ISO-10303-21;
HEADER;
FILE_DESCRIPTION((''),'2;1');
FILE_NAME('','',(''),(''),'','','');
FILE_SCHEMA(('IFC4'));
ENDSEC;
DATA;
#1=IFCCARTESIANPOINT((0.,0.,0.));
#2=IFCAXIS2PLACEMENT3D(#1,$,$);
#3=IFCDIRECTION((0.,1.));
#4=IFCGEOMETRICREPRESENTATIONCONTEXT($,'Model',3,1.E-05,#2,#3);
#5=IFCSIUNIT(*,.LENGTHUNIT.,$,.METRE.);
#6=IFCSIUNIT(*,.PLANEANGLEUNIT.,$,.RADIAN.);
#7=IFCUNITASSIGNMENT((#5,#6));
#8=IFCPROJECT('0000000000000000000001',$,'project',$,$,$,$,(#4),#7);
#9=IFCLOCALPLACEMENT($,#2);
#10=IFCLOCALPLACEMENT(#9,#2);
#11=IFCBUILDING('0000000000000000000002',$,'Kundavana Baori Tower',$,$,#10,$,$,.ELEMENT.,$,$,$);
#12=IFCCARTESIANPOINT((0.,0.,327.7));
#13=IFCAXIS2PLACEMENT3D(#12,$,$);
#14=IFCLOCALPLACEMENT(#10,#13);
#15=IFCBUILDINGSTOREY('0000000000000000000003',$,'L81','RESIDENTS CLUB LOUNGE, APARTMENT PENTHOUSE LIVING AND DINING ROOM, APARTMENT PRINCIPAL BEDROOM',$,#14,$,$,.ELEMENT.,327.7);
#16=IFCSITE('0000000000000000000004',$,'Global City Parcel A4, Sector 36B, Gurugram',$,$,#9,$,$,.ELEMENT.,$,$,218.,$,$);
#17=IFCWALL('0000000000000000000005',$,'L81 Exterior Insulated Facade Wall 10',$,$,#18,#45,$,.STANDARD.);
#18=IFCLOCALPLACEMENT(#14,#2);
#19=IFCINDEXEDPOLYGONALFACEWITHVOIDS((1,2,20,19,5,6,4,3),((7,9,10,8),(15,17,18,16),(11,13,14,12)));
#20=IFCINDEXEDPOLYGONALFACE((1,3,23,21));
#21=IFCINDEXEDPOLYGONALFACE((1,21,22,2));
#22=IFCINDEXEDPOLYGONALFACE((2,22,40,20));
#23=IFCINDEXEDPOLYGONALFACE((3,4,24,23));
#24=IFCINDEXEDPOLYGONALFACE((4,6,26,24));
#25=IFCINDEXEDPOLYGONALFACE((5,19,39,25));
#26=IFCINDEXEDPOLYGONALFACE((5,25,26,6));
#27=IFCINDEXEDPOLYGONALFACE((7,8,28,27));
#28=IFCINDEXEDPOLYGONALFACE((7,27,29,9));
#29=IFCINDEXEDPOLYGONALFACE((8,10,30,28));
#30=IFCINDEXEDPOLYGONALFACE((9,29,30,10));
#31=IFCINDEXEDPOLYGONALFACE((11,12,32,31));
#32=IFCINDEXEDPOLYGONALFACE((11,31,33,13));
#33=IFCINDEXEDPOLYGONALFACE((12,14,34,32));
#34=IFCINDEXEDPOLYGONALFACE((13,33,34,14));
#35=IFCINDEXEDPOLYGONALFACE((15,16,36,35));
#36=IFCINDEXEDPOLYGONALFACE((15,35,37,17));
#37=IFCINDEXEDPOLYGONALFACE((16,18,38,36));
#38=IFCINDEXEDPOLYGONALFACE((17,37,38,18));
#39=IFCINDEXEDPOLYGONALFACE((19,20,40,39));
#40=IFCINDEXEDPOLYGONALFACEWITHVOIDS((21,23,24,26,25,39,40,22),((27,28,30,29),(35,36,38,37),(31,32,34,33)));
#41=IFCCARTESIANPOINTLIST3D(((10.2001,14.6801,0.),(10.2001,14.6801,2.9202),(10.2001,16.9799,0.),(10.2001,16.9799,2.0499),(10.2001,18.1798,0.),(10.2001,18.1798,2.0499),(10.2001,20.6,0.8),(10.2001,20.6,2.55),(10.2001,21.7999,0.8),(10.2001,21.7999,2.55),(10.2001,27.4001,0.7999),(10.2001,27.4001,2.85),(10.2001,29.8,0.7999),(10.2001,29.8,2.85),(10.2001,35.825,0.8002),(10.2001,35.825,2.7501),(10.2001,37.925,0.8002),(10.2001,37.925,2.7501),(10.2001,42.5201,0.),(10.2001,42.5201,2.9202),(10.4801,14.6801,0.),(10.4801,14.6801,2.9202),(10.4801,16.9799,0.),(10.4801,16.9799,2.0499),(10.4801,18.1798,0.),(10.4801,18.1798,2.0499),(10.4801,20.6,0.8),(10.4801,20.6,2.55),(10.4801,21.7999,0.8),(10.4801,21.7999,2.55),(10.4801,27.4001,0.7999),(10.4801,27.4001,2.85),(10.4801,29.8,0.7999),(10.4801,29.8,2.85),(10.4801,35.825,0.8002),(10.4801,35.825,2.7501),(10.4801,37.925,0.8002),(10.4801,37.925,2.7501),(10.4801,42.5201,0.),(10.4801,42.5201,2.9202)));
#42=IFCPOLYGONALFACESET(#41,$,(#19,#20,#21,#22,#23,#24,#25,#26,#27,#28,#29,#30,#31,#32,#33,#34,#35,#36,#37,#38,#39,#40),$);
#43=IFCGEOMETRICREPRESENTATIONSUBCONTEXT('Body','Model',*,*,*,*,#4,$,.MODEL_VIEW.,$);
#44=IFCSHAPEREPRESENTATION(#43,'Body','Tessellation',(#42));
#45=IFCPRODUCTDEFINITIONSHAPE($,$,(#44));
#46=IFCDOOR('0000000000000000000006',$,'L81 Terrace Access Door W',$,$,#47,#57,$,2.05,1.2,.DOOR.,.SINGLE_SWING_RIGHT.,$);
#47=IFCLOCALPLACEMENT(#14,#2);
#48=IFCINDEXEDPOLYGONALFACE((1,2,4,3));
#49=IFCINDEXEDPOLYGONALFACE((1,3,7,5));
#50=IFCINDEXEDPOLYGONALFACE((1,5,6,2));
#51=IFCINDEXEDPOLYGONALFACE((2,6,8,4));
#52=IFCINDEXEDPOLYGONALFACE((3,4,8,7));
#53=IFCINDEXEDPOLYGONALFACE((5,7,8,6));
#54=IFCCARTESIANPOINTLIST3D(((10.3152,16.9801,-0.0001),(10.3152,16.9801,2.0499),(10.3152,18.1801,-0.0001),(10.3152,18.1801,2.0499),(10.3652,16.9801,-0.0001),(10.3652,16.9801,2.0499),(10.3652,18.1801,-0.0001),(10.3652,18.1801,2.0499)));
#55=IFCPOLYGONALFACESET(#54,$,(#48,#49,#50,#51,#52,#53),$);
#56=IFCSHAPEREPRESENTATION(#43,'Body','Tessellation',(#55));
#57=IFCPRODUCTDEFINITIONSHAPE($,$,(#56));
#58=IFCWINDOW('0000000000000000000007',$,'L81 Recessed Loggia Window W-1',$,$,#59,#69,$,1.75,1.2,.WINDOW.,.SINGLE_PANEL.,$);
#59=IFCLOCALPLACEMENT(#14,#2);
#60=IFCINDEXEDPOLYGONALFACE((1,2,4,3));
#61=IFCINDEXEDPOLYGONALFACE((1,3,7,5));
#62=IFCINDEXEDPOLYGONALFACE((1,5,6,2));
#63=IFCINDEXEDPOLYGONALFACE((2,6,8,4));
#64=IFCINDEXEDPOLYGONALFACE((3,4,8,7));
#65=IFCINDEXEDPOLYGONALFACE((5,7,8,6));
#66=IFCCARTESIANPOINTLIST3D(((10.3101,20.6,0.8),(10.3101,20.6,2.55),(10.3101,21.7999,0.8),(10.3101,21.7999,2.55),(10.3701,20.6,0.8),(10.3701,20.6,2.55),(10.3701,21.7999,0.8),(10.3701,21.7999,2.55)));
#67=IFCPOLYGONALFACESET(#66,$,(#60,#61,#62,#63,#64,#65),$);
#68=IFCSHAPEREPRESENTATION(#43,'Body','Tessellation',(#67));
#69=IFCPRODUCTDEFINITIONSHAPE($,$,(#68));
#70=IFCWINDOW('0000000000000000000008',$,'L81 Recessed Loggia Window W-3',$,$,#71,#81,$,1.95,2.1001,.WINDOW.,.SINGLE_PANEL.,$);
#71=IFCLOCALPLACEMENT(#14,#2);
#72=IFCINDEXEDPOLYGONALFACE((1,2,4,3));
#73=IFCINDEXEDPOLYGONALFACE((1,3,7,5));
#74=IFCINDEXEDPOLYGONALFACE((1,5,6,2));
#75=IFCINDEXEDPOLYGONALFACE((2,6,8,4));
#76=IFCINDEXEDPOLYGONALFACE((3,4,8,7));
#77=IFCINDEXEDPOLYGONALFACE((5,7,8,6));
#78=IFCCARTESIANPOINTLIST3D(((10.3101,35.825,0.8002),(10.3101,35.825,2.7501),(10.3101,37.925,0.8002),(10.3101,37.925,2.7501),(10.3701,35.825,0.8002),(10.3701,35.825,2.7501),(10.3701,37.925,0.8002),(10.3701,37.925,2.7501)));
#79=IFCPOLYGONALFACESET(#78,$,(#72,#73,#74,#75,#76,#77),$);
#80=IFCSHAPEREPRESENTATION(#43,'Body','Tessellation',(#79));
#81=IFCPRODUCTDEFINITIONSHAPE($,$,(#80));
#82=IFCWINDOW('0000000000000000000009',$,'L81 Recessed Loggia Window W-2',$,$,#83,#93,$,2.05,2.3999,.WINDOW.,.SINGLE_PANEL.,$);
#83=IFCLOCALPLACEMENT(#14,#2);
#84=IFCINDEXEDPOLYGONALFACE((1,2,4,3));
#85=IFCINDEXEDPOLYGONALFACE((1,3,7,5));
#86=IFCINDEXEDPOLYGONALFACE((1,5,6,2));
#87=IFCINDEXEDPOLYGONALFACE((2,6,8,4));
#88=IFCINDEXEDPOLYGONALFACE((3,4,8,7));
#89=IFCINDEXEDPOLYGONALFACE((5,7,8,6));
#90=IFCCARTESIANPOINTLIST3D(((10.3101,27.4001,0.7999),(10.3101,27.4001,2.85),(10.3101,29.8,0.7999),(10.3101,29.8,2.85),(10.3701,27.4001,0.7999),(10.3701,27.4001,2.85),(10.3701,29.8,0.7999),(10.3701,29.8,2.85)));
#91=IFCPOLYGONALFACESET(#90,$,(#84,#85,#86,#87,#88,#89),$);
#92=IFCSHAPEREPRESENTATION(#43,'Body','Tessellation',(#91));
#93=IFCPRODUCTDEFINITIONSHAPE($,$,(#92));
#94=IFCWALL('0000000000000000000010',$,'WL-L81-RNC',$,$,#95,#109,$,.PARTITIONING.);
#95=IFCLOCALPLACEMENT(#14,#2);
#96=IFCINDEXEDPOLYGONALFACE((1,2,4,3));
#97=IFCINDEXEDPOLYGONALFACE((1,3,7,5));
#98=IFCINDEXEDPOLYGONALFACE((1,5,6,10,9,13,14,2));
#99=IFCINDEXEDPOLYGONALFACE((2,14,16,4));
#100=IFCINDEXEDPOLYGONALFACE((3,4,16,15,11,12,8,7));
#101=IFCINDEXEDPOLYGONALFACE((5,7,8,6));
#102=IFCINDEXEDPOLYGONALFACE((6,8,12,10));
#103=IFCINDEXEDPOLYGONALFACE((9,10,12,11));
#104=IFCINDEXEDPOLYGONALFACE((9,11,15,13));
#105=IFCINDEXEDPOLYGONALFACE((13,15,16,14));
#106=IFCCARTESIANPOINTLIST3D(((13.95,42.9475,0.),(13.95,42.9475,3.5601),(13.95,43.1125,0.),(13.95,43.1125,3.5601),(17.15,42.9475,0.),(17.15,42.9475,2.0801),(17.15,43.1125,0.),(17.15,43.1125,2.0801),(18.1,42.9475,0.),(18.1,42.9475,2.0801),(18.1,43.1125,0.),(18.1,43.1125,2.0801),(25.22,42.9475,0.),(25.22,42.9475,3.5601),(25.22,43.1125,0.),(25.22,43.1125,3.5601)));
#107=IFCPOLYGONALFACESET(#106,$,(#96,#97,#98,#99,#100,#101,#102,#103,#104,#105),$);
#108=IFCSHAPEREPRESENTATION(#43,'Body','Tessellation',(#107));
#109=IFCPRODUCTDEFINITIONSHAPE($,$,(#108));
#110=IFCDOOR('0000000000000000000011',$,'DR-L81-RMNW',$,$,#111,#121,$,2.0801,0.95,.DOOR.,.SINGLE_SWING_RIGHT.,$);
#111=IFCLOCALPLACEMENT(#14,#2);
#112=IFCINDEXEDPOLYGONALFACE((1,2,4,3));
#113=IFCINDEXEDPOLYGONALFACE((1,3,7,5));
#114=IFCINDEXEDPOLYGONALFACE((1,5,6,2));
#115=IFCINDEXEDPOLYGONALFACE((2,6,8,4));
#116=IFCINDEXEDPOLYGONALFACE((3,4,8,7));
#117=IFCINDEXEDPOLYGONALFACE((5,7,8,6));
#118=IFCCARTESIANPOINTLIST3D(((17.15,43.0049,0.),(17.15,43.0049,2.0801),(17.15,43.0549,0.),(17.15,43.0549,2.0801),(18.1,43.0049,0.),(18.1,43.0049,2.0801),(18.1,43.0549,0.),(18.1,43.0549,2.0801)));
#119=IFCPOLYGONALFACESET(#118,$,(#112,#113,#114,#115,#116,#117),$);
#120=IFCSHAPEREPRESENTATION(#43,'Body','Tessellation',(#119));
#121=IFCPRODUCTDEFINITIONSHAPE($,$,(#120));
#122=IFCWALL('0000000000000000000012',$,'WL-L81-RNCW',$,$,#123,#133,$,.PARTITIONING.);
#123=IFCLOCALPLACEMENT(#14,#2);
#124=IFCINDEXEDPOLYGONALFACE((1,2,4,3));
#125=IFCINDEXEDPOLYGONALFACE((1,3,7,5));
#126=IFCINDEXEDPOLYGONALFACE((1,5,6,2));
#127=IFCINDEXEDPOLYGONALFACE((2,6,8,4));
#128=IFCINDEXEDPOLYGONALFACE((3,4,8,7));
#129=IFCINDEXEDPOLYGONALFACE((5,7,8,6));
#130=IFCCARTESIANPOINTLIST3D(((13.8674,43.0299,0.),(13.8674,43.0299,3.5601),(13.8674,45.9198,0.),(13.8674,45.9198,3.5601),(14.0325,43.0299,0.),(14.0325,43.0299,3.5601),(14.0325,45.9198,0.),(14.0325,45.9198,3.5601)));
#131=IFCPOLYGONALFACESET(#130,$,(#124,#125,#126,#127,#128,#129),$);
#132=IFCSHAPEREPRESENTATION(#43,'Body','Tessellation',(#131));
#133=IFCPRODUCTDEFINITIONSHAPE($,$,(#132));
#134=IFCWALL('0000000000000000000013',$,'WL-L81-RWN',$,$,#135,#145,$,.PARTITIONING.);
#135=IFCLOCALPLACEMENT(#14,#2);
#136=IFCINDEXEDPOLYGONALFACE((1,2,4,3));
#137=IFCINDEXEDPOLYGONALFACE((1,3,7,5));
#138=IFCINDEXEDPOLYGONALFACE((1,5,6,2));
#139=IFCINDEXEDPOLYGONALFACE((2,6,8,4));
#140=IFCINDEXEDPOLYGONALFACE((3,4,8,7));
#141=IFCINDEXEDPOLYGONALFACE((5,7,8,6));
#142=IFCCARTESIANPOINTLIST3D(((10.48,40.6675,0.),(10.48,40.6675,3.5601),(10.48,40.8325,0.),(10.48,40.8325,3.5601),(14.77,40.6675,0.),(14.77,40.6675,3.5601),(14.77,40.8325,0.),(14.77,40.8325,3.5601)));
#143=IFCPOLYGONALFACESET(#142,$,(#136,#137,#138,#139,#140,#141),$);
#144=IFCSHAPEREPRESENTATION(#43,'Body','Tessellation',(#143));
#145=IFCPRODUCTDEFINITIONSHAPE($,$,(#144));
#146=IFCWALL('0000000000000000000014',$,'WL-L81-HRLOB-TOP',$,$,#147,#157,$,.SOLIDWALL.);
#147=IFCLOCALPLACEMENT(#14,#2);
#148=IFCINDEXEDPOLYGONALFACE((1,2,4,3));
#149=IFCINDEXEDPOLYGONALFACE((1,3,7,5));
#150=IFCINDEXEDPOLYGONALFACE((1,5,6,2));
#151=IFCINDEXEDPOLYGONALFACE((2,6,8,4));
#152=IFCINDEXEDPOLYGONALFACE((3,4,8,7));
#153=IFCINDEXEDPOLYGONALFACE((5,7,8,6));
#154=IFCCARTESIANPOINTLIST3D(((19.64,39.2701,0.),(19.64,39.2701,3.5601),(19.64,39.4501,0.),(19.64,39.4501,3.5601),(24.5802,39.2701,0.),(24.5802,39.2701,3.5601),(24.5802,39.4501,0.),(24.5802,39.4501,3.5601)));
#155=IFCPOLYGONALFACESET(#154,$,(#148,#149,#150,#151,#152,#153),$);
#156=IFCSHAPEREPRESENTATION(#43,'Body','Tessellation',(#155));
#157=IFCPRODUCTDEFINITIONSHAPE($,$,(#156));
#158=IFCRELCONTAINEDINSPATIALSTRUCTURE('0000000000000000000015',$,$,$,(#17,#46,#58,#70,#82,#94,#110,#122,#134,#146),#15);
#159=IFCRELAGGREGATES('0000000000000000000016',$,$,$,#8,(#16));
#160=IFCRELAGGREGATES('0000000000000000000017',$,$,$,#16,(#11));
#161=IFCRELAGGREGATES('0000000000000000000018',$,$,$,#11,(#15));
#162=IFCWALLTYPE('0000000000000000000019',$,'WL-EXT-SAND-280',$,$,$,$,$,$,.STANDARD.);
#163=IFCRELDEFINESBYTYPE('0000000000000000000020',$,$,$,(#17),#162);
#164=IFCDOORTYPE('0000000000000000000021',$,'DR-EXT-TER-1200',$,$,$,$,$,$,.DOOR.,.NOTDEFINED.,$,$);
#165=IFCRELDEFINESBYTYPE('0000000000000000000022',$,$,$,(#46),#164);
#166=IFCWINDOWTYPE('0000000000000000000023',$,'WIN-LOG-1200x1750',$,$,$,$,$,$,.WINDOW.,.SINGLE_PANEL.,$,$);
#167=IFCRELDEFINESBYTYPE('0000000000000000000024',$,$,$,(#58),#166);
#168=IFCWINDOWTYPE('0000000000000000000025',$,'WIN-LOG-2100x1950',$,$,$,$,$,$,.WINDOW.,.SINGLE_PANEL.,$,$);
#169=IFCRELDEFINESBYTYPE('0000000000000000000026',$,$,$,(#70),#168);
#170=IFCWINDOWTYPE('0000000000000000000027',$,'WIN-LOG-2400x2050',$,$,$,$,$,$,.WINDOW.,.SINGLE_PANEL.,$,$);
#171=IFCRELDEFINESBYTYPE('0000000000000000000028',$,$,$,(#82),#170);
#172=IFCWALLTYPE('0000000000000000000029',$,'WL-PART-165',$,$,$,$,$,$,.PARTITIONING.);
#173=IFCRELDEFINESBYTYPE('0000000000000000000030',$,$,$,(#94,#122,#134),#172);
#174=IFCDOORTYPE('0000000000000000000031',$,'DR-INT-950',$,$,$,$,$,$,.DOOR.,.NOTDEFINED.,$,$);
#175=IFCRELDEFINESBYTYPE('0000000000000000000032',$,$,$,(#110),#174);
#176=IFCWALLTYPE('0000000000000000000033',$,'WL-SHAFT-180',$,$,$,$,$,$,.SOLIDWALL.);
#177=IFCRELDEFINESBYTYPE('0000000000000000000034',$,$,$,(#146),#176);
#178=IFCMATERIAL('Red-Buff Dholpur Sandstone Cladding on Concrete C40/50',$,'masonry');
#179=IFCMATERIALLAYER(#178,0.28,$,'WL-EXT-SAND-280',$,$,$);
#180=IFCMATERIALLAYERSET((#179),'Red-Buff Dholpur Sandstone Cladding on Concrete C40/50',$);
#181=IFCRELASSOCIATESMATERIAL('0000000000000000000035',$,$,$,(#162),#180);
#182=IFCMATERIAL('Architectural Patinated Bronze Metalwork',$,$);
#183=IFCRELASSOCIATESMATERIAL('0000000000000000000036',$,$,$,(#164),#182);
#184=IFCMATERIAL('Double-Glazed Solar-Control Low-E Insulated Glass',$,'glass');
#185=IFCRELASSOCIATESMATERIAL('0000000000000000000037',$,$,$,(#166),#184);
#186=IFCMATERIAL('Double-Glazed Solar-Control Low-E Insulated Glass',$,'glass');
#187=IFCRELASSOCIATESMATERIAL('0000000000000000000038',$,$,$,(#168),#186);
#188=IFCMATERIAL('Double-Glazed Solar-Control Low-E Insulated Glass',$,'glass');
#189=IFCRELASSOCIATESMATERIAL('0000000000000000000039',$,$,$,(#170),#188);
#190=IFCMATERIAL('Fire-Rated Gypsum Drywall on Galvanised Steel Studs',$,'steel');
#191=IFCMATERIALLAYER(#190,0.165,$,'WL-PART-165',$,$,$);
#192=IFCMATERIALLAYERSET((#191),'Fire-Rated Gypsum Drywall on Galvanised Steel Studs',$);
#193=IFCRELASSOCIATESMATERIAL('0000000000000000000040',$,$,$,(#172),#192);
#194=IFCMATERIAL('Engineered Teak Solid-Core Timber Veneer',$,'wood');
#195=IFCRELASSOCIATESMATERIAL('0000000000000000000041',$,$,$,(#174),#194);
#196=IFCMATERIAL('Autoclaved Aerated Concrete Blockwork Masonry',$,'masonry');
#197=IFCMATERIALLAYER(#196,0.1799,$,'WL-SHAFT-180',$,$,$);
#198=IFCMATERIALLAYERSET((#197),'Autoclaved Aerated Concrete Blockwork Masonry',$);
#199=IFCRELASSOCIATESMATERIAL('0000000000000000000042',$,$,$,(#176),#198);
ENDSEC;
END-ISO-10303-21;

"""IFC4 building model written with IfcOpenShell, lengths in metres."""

from ifc_helpers import new_model, si_unit, direction, frame, frame_2d, origin, place, context, subcontext, project, spatial, rectangle, extrude, material, layer, layer_set, type_object, element, fill, save


model = new_model("IFC4")

# Units and contexts
model_context = context("Model", 3, precision=1e-05, world=origin(), true_north=direction((0.0, 1.0)))
body_context = subcontext(model_context, "Body", "Model", "MODEL_VIEW")
ifc_project = project(units=[si_unit("LENGTHUNIT", "METRE"), si_unit("PLANEANGLEUNIT", "RADIAN")], contexts=[model_context])

# Site, building, storey
site_placement = place(None, origin())
site = spatial("IfcSite", under=ifc_project, at=site_placement, Name="Global City Parcel A4, Sector 36B, Gurugram", CompositionType="ELEMENT", RefElevation=218.0)
building_placement = place(site_placement, origin())
building = spatial("IfcBuilding", under=site, at=building_placement, Name="Kundavana Baori Tower", CompositionType="ELEMENT")
storey_placement = place(building_placement, frame((0.0, 0.0, 327.7)))
storey = spatial("IfcBuildingStorey", under=building, at=storey_placement, Name="L81", Description="RESIDENTS CLUB LOUNGE, APARTMENT PENTHOUSE LIVING AND DINING ROOM, APARTMENT PRINCIPAL BEDROOM", CompositionType="ELEMENT", Elevation=327.7)

# Shared definitions
ifc_material_1 = material(Name="Red-Buff Dholpur Sandstone Cladding on Concrete C40/50", Category="masonry")
ifc_layer_1 = layer(ifc_material_1, 0.28, Name="WL-EXT-SAND-280")
ifc_layer_set_1 = layer_set([ifc_layer_1], Name="Red-Buff Dholpur Sandstone Cladding on Concrete C40/50")
wall_type_1 = type_object("IfcWallType", Name="WL-EXT-SAND-280", PredefinedType="STANDARD", material=ifc_layer_set_1)

# Wall, openings, door, windows
wall_1_placement = place(storey_placement, frame((10.3401, 42.52, 0.0), z_axis=(0.0, 0.0, 1.0), x_axis=(0.0, -1.0, 0.0)))
wall_1 = element("IfcWall", 1, at=wall_1_placement, inside=storey, type_object=wall_type_1, Name="L81 Exterior Insulated Facade Wall 10", PredefinedType="STANDARD", context=body_context, shape_type="SweptSolid", body=[
    extrude(rectangle(XDim=27.8401, YDim=0.28, at=frame_2d((13.9199, 0.0))), origin(), (0.0, 0.0, 1.0), 2.9202),
])
opening_1_placement = place(wall_1_placement, frame((24.3401, 0.0, 0.0)))
opening_1 = element("IfcOpeningElement", 2, at=opening_1_placement, cuts=wall_1, PredefinedType="OPENING", context=body_context, shape_type="SweptSolid", body=[
    extrude(rectangle(XDim=1.2, YDim=2.05, at=frame_2d((0.6001, 1.0249))), frame((0.0, 0.1499, 0.0), z_axis=(0.0, -1.0, 0.0), x_axis=(1.0, 0.0, 0.0)), (0.0, 0.0, 1.0), 0.3),
])
opening_2_placement = place(wall_1_placement, frame((20.72, 0.0, 0.8)))
opening_2 = element("IfcOpeningElement", 3, at=opening_2_placement, cuts=wall_1, PredefinedType="OPENING", context=body_context, shape_type="SweptSolid", body=[
    extrude(rectangle(XDim=1.2, YDim=1.75, at=frame_2d((0.6001, 0.875))), frame((0.0, 0.1499, 0.0), z_axis=(0.0, -1.0, 0.0), x_axis=(1.0, 0.0, 0.0)), (0.0, 0.0, 1.0), 0.3),
])
opening_3_placement = place(wall_1_placement, frame((12.72, 0.0, 0.8)))
opening_3 = element("IfcOpeningElement", 4, at=opening_3_placement, cuts=wall_1, PredefinedType="OPENING", context=body_context, shape_type="SweptSolid", body=[
    extrude(rectangle(XDim=2.3999, YDim=2.05, at=frame_2d((1.2, 1.0249))), frame((0.0, 0.1499, 0.0), z_axis=(0.0, -1.0, 0.0), x_axis=(1.0, 0.0, 0.0)), (0.0, 0.0, 1.0), 0.3),
])
opening_4_placement = place(wall_1_placement, frame((4.595, 0.0, 0.8)))
opening_4 = element("IfcOpeningElement", 5, at=opening_4_placement, cuts=wall_1, PredefinedType="OPENING", context=body_context, shape_type="SweptSolid", body=[
    extrude(rectangle(XDim=2.1001, YDim=1.95, at=frame_2d((1.05, 0.9751))), frame((0.0, 0.1499, 0.0), z_axis=(0.0, -1.0, 0.0), x_axis=(1.0, 0.0, 0.0)), (0.0, 0.0, 1.0), 0.3),
])
ifc_material_2 = material(Name="Architectural Patinated Bronze Metalwork")
door_type_1 = type_object("IfcDoorType", Name="DR-EXT-TER-1200", OperationType="NOTDEFINED", PredefinedType="DOOR", material=ifc_material_2)
door_1_placement = place(opening_1_placement, frame((1.2, 0.0, 0.0), z_axis=(0.0, 0.0, 1.0), x_axis=(-1.0, 0.0, 0.0)))
door_1 = element("IfcDoor", 6, at=door_1_placement, inside=storey, type_object=door_type_1, Name="L81 Terrace Access Door W", OperationType="SINGLE_SWING_RIGHT", OverallHeight=2.05, OverallWidth=1.2, PredefinedType="DOOR", context=body_context, shape_type="SweptSolid", body=[
    extrude(rectangle(XDim=1.2, YDim=2.05, at=frame_2d((0.6001, 1.0249))), frame((0.0, 0.0249, 0.0), z_axis=(0.0, -1.0, 0.0), x_axis=(1.0, 0.0, 0.0)), (0.0, 0.0, 1.0), 0.05),
])
fill(opening_1, door_1)
ifc_material_3 = material(Name="Double-Glazed Solar-Control Low-E Insulated Glass", Category="glass")
window_type_1 = type_object("IfcWindowType", Name="WIN-LOG-1200x1750", PartitioningType="SINGLE_PANEL", PredefinedType="WINDOW", material=ifc_material_3)
window_1_placement = place(opening_2_placement, origin())
window_1 = element("IfcWindow", 7, at=window_1_placement, inside=storey, type_object=window_type_1, Name="L81 Recessed Loggia Window W-1", OverallHeight=1.75, OverallWidth=1.2, PartitioningType="SINGLE_PANEL", PredefinedType="WINDOW", context=body_context, shape_type="SweptSolid", body=[
    extrude(rectangle(XDim=1.2, YDim=1.75, at=frame_2d((0.6001, 0.875))), frame((0.0, 0.03, 0.0), z_axis=(0.0, -1.0, 0.0), x_axis=(1.0, 0.0, 0.0)), (0.0, 0.0, 1.0), 0.0601),
])
fill(opening_2, window_1)
ifc_material_4 = material(Name="Double-Glazed Solar-Control Low-E Insulated Glass", Category="glass")
window_type_2 = type_object("IfcWindowType", Name="WIN-LOG-2100x1950", PartitioningType="SINGLE_PANEL", PredefinedType="WINDOW", material=ifc_material_4)
window_2_placement = place(opening_4_placement, origin())
window_2 = element("IfcWindow", 8, at=window_2_placement, inside=storey, type_object=window_type_2, Name="L81 Recessed Loggia Window W-3", OverallHeight=1.95, OverallWidth=2.1001, PartitioningType="SINGLE_PANEL", PredefinedType="WINDOW", context=body_context, shape_type="SweptSolid", body=[
    extrude(rectangle(XDim=2.1001, YDim=1.95, at=frame_2d((1.05, 0.9751))), frame((0.0, 0.03, 0.0), z_axis=(0.0, -1.0, 0.0), x_axis=(1.0, 0.0, 0.0)), (0.0, 0.0, 1.0), 0.0601),
])
fill(opening_4, window_2)
ifc_material_5 = material(Name="Double-Glazed Solar-Control Low-E Insulated Glass", Category="glass")
window_type_3 = type_object("IfcWindowType", Name="WIN-LOG-2400x2050", PartitioningType="SINGLE_PANEL", PredefinedType="WINDOW", material=ifc_material_5)
window_3_placement = place(opening_3_placement, origin())
window_3 = element("IfcWindow", 9, at=window_3_placement, inside=storey, type_object=window_type_3, Name="L81 Recessed Loggia Window W-2", OverallHeight=2.05, OverallWidth=2.3999, PartitioningType="SINGLE_PANEL", PredefinedType="WINDOW", context=body_context, shape_type="SweptSolid", body=[
    extrude(rectangle(XDim=2.3999, YDim=2.05, at=frame_2d((1.2, 1.0249))), frame((0.0, 0.03, 0.0), z_axis=(0.0, -1.0, 0.0), x_axis=(1.0, 0.0, 0.0)), (0.0, 0.0, 1.0), 0.0601),
])
fill(opening_3, window_3)

# Wall, opening, door
ifc_material_6 = material(Name="Fire-Rated Gypsum Drywall on Galvanised Steel Studs", Category="steel")
ifc_layer_2 = layer(ifc_material_6, 0.165, Name="WL-PART-165")
ifc_layer_set_2 = layer_set([ifc_layer_2], Name="Fire-Rated Gypsum Drywall on Galvanised Steel Studs")
wall_type_2 = type_object("IfcWallType", Name="WL-PART-165", PredefinedType="PARTITIONING", material=ifc_layer_set_2)
wall_2_placement = place(storey_placement, frame((13.95, 43.03, 0.0), z_axis=(0.0, 0.0, 1.0), x_axis=(1.0, 0.0, 0.0)))
wall_2 = element("IfcWall", 10, at=wall_2_placement, inside=storey, type_object=wall_type_2, Name="WL-L81-RNC", PredefinedType="PARTITIONING", context=body_context, shape_type="SweptSolid", body=[
    extrude(rectangle(XDim=11.27, YDim=0.165, at=frame_2d((5.635, 0.0))), origin(), (0.0, 0.0, 1.0), 3.5601),
])
opening_5_placement = place(wall_2_placement, frame((3.2, 0.0, 0.0)))
opening_5 = element("IfcOpeningElement", 11, at=opening_5_placement, cuts=wall_2, PredefinedType="OPENING", context=body_context, shape_type="SweptSolid", body=[
    extrude(rectangle(XDim=0.95, YDim=2.0801, at=frame_2d((0.4751, 1.04))), frame((0.0, 0.0925, 0.0), z_axis=(0.0, -1.0, 0.0), x_axis=(1.0, 0.0, 0.0)), (0.0, 0.0, 1.0), 0.1851),
])
ifc_material_7 = material(Name="Engineered Teak Solid-Core Timber Veneer", Category="wood")
door_type_2 = type_object("IfcDoorType", Name="DR-INT-950", OperationType="NOTDEFINED", PredefinedType="DOOR", material=ifc_material_7)
door_2_placement = place(opening_5_placement, origin())
door_2 = element("IfcDoor", 12, at=door_2_placement, inside=storey, type_object=door_type_2, Name="DR-L81-RMNW", OperationType="SINGLE_SWING_RIGHT", OverallHeight=2.0801, OverallWidth=0.95, PredefinedType="DOOR", context=body_context, shape_type="SweptSolid", body=[
    extrude(rectangle(XDim=0.95, YDim=2.0801, at=frame_2d((0.4751, 1.04))), frame((0.0, 0.0249, 0.0), z_axis=(0.0, -1.0, 0.0), x_axis=(1.0, 0.0, 0.0)), (0.0, 0.0, 1.0), 0.05),
])
fill(opening_5, door_2)

# Walls
wall_3_placement = place(storey_placement, frame((13.95, 43.03, 0.0), z_axis=(0.0, 0.0, 1.0), x_axis=(0.0, 1.0, 0.0)))
element("IfcWall", 13, at=wall_3_placement, inside=storey, type_object=wall_type_2, Name="WL-L81-RNCW", PredefinedType="PARTITIONING", context=body_context, shape_type="SweptSolid", body=[
    extrude(rectangle(XDim=2.8899, YDim=0.165, at=frame_2d((1.4448, 0.0))), origin(), (0.0, 0.0, 1.0), 3.5601),
])
wall_4_placement = place(storey_placement, frame((10.48, 40.75, 0.0), z_axis=(0.0, 0.0, 1.0), x_axis=(1.0, 0.0, 0.0)))
element("IfcWall", 14, at=wall_4_placement, inside=storey, type_object=wall_type_2, Name="WL-L81-RWN", PredefinedType="PARTITIONING", context=body_context, shape_type="SweptSolid", body=[
    extrude(rectangle(XDim=4.29, YDim=0.165, at=frame_2d((2.145, 0.0))), origin(), (0.0, 0.0, 1.0), 3.5601),
])
ifc_material_8 = material(Name="Autoclaved Aerated Concrete Blockwork Masonry", Category="masonry")
ifc_layer_3 = layer(ifc_material_8, 0.1799, Name="WL-SHAFT-180")
ifc_layer_set_3 = layer_set([ifc_layer_3], Name="Autoclaved Aerated Concrete Blockwork Masonry")
wall_type_3 = type_object("IfcWallType", Name="WL-SHAFT-180", PredefinedType="SOLIDWALL", material=ifc_layer_set_3)
wall_5_placement = place(storey_placement, frame((19.6399, 39.3601, 0.0), z_axis=(0.0, 0.0, 1.0), x_axis=(1.0, 0.0, 0.0)))
element("IfcWall", 15, at=wall_5_placement, inside=storey, type_object=wall_type_3, Name="WL-L81-HRLOB-TOP", PredefinedType="SOLIDWALL", context=body_context, shape_type="SweptSolid", body=[
    extrude(rectangle(XDim=4.9402, YDim=0.1799, at=frame_2d((2.4702, 0.0))), origin(), (0.0, 0.0, 1.0), 3.5601),
])

save(model, "model.ifc")
